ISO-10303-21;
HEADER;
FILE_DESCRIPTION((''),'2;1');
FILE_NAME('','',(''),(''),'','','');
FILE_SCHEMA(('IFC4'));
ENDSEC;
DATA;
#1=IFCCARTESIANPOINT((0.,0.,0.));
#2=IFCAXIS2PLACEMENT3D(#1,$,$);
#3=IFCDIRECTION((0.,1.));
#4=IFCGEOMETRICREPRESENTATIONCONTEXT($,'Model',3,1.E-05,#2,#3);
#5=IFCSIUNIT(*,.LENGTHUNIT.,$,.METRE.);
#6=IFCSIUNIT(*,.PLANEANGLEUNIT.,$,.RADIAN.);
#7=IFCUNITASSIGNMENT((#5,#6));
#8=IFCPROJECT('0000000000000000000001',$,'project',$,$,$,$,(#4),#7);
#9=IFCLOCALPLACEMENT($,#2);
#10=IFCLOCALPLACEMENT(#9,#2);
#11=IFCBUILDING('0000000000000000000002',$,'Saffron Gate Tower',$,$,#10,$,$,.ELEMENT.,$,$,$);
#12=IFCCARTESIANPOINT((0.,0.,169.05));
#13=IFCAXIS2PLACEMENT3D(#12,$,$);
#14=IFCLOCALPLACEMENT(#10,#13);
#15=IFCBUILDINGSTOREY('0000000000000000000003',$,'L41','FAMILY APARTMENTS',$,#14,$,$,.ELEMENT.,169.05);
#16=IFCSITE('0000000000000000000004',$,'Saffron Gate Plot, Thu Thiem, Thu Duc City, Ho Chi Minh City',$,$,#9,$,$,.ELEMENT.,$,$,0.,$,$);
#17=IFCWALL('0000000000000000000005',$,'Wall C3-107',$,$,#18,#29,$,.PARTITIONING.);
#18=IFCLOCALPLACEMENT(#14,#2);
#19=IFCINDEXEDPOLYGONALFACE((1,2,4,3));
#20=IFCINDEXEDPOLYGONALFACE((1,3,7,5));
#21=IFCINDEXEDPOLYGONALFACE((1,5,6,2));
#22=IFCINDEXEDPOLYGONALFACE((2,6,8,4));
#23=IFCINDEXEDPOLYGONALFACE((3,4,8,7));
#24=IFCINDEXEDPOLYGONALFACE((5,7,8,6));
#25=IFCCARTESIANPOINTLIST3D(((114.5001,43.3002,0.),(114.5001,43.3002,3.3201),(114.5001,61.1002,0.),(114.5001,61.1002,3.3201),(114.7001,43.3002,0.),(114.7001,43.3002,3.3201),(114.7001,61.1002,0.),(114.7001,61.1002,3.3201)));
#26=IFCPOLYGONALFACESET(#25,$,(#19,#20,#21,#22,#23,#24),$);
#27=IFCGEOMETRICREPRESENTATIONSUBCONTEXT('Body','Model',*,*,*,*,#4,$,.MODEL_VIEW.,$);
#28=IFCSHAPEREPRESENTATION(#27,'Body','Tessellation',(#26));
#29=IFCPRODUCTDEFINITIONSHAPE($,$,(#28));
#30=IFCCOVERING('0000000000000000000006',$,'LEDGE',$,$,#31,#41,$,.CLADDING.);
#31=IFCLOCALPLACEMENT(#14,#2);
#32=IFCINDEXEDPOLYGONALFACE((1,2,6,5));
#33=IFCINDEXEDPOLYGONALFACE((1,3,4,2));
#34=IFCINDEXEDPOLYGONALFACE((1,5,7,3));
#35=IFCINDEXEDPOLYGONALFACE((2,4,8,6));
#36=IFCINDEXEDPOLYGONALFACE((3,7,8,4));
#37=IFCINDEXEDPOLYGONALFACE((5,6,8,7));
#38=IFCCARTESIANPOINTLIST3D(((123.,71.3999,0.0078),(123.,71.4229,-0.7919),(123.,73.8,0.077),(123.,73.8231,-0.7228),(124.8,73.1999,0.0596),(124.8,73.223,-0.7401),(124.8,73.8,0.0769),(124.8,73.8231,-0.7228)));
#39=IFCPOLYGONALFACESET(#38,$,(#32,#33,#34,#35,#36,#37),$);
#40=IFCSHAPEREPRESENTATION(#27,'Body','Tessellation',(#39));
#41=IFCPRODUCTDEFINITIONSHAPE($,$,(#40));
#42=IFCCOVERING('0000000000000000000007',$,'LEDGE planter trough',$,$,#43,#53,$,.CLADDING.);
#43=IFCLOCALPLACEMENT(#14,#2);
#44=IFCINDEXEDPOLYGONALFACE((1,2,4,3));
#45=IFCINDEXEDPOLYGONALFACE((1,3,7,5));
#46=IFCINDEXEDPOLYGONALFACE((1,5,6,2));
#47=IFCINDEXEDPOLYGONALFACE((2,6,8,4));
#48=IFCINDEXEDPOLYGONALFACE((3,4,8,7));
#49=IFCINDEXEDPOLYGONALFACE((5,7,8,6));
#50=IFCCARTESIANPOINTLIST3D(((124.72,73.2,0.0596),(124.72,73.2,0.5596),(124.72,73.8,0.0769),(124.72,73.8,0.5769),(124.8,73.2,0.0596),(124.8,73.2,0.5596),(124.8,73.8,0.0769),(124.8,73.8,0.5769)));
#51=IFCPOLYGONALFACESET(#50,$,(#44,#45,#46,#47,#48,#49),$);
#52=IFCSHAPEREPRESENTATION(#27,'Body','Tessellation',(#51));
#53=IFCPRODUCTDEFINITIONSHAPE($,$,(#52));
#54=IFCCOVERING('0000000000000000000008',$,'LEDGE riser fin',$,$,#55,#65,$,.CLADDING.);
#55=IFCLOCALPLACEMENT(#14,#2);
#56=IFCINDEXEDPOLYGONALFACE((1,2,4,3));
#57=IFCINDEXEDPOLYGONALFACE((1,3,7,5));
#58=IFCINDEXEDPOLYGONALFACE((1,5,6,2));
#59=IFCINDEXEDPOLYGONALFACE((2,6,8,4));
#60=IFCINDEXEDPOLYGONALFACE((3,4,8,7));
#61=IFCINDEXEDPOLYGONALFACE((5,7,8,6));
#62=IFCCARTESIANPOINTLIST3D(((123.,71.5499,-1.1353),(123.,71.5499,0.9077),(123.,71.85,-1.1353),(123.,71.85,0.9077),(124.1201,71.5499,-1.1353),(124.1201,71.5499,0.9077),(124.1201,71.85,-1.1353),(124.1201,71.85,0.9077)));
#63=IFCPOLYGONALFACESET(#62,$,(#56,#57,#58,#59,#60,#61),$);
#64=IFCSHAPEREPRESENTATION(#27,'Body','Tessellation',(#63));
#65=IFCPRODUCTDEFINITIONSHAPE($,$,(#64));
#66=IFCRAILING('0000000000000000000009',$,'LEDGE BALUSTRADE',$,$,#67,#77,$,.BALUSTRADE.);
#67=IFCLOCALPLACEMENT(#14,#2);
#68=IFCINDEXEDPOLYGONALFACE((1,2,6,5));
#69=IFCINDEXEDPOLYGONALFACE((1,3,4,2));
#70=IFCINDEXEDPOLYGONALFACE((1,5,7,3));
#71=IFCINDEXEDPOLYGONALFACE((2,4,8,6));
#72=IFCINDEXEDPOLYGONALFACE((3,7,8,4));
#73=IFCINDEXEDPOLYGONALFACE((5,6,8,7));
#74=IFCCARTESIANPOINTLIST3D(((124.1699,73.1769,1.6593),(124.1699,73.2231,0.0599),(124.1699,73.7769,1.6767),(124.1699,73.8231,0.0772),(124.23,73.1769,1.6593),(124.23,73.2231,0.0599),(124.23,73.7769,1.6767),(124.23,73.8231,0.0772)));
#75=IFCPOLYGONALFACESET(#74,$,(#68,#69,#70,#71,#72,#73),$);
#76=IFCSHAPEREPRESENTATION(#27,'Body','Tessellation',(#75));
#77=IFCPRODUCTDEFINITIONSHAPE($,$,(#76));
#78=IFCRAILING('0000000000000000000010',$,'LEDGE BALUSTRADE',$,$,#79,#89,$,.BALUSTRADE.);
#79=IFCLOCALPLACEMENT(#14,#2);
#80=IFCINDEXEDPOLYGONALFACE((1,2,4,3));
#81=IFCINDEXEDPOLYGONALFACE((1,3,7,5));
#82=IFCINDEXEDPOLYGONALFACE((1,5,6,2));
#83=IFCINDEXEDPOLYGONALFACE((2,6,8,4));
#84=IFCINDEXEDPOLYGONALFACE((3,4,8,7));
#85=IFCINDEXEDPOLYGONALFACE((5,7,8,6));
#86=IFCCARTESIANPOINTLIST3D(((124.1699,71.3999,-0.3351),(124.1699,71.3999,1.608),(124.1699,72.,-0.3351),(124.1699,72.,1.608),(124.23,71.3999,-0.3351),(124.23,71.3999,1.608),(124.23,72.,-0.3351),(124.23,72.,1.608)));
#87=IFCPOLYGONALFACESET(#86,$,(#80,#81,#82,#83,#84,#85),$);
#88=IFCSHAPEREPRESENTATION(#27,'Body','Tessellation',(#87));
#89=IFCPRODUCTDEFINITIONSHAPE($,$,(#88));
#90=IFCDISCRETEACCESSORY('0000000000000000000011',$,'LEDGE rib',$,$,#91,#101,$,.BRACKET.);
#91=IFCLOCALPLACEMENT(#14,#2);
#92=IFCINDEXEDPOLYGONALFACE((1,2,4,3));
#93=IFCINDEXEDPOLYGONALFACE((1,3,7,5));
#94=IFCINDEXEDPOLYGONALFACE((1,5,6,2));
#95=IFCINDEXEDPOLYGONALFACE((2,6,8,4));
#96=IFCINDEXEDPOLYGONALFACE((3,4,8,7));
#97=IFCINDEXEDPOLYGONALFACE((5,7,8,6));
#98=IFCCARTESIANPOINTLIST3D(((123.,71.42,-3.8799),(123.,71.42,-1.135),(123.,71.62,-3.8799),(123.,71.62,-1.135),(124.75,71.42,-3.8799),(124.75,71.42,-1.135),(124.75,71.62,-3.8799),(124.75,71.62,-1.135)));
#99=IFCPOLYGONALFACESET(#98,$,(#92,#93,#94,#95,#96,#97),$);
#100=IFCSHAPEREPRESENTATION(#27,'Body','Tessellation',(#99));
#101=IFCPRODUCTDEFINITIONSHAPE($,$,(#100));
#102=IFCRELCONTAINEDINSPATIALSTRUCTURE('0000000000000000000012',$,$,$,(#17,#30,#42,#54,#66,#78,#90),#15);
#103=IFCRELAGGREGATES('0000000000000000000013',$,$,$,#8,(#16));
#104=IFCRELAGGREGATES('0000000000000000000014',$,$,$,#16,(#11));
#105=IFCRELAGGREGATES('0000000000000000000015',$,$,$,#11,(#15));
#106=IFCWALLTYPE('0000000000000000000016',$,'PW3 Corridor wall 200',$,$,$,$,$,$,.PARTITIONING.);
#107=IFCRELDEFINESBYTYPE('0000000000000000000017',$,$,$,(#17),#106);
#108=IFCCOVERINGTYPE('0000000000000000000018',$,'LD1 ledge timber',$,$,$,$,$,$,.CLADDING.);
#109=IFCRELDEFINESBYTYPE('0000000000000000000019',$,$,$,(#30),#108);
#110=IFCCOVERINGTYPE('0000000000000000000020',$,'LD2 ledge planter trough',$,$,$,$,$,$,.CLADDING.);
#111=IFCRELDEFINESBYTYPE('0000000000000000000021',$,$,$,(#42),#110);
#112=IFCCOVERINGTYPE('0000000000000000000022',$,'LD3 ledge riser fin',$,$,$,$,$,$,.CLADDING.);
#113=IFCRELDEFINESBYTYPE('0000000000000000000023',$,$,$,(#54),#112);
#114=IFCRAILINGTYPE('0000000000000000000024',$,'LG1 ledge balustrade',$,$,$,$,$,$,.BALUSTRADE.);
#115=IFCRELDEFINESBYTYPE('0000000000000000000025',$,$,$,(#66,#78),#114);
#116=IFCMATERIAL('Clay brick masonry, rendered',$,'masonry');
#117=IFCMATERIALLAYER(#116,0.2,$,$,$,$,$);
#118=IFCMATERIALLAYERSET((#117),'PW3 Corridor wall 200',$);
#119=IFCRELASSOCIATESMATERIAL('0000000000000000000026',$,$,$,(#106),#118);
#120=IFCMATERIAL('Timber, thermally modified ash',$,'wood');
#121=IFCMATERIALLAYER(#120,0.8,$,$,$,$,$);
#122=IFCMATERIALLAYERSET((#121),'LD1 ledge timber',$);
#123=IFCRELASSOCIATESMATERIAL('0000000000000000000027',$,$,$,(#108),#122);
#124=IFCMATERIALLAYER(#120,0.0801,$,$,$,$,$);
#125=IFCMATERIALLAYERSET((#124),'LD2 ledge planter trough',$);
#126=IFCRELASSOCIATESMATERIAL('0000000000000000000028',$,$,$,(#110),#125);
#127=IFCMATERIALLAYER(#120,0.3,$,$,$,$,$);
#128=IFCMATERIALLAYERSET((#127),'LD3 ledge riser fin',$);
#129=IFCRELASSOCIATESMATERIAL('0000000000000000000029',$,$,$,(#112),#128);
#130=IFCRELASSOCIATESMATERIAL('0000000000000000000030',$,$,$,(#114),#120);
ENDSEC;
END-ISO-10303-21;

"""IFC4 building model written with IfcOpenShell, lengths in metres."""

from ifc_helpers import new_model, si_unit, direction, frame, frame_2d, origin, origin_2d, place, context, subcontext, project, spatial, polyline, rectangle, outline, extrude, material, layer, layer_set, type_object, element, save


model = new_model("IFC4")

# Units and contexts
model_context = context("Model", 3, precision=1e-05, world=origin(), true_north=direction((0.0, 1.0)))
body_context = subcontext(model_context, "Body", "Model", "MODEL_VIEW")
ifc_project = project(units=[si_unit("LENGTHUNIT", "METRE"), si_unit("PLANEANGLEUNIT", "RADIAN")], contexts=[model_context])

# Site, building, storey
site_placement = place(None, origin())
site = spatial("IfcSite", under=ifc_project, at=site_placement, Name="Saffron Gate Plot, Thu Thiem, Thu Duc City, Ho Chi Minh City", CompositionType="ELEMENT", RefElevation=0.0)
building_placement = place(site_placement, origin())
building = spatial("IfcBuilding", under=site, at=building_placement, Name="Saffron Gate Tower", CompositionType="ELEMENT")
storey_placement = place(building_placement, frame((0.0, 0.0, 169.05)))
storey = spatial("IfcBuildingStorey", under=building, at=storey_placement, Name="L41", Description="FAMILY APARTMENTS", CompositionType="ELEMENT", Elevation=169.05)

# Wall
ifc_material_1 = material(Name="Clay brick masonry, rendered", Category="masonry")
ifc_layer_1 = layer(ifc_material_1, 0.2)
ifc_layer_set_1 = layer_set([ifc_layer_1], Name="PW3 Corridor wall 200")
wall_type_1 = type_object("IfcWallType", Name="PW3 Corridor wall 200", PredefinedType="PARTITIONING", material=ifc_layer_set_1)
wall_1_placement = place(storey_placement, frame((114.6001, 61.1001, 0.0), z_axis=(0.0, 0.0, 1.0), x_axis=(0.0, -1.0, 0.0)))
element("IfcWall", 1, at=wall_1_placement, inside=storey, type_object=wall_type_1, Name="Wall C3-107", PredefinedType="PARTITIONING", context=body_context, shape_type="SweptSolid", body=[
    extrude(rectangle(XDim=17.8, YDim=0.2, at=frame_2d((8.8999, 0.0))), origin(), (0.0, 0.0, 1.0), 3.3201),
])

# Coverings
ifc_material_2 = material(Name="Timber, thermally modified ash", Category="wood")
ifc_layer_2 = layer(ifc_material_2, 0.8)
ifc_layer_set_2 = layer_set([ifc_layer_2], Name="LD1 ledge timber")
covering_type_1 = type_object("IfcCoveringType", Name="LD1 ledge timber", PredefinedType="CLADDING", material=ifc_layer_set_2)
covering_1_placement = place(storey_placement, frame((123.0, 71.3999, 0.0078), z_axis=(0.000026, -0.028794, 0.999585), x_axis=(0.0, 0.999585, 0.028794)))
element("IfcCovering", 2, at=covering_1_placement, inside=storey, type_object=covering_type_1, Name="LEDGE", PredefinedType="CLADDING", context=body_context, shape_type="SweptSolid", body=[
    extrude(outline(polyline([(0.0, 0.0), (2.4011, 0.0), (2.4011, -1.8), (1.8008, -1.8), (0.0, 0.0)])), origin(), (0.0, 0.0, -1.0), 0.8),
])
ifc_layer_3 = layer(ifc_material_2, 0.0801)
ifc_layer_set_3 = layer_set([ifc_layer_3], Name="LD2 ledge planter trough")
covering_type_2 = type_object("IfcCoveringType", Name="LD2 ledge planter trough", PredefinedType="CLADDING", material=ifc_layer_set_3)
covering_2_placement = place(storey_placement, frame((124.8, 73.2, 0.0596), z_axis=(1.0, 0.0, 0.0), x_axis=(0.0, 0.999583, 0.028873)))
element("IfcCovering", 3, at=covering_2_placement, inside=storey, type_object=covering_type_2, Name="LEDGE planter trough", PredefinedType="CLADDING", context=body_context, shape_type="SweptSolid", body=[
    extrude(outline(polyline([(0.0, 0.0), (0.6003, 0.0), (0.6148, 0.4998), (0.0144, 0.4998), (0.0, 0.0)])), origin(), (0.0, 0.0, -1.0), 0.0801),
])
ifc_layer_4 = layer(ifc_material_2, 0.3)
ifc_layer_set_4 = layer_set([ifc_layer_4], Name="LD3 ledge riser fin")
covering_type_3 = type_object("IfcCoveringType", Name="LD3 ledge riser fin", PredefinedType="CLADDING", material=ifc_layer_set_4)
covering_3_placement = place(storey_placement, frame((123.5601, 71.7, -1.1353), z_axis=(0.0, 0.0, 1.0), x_axis=(0.0, 1.0, 0.0)))
element("IfcCovering", 4, at=covering_3_placement, inside=storey, type_object=covering_type_3, Name="LEDGE riser fin", PredefinedType="CLADDING", context=body_context, shape_type="SweptSolid", body=[
    extrude(rectangle(XDim=0.3, YDim=1.1201, at=origin_2d()), origin(), (0.0, 0.0, 1.0), 2.043),
])

# Railings
railing_type = type_object("IfcRailingType", Name="LG1 ledge balustrade", PredefinedType="BALUSTRADE", material=ifc_material_2)
railing_1_placement = place(storey_placement, frame((124.2, 73.2, 0.0596)))
element("IfcRailing", 5, at=railing_1_placement, inside=storey, type_object=railing_type, Name="LEDGE BALUSTRADE", PredefinedType="BALUSTRADE", context=body_context, shape_type="SweptSolid", body=[
    extrude(rectangle(XDim=0.0601, YDim=1.6001, at=origin_2d()), frame((0.0, 0.0, 0.8), z_axis=(0.0, 0.999583, 0.028873), x_axis=(-1.0, 0.0, 0.0)), (0.0, 0.0, 1.0), 0.6003),
])
railing_2_placement = place(storey_placement, frame((124.2, 71.3999, -0.3352)))
element("IfcRailing", 6, at=railing_2_placement, inside=storey, type_object=railing_type, Name="LEDGE BALUSTRADE", PredefinedType="BALUSTRADE", context=body_context, shape_type="SweptSolid", body=[
    extrude(rectangle(XDim=0.0601, YDim=1.9431, at=origin_2d()), frame((0.0, 0.0, 0.9717), z_axis=(0.0, 1.0, 0.0), x_axis=(-1.0, 0.0, 0.0)), (0.0, 0.0, 1.0), 0.6001),
])

# Discrete accessory
discrete_accessory_placement = place(storey_placement, frame((123.875, 71.52, -3.8799), z_axis=(0.0, 0.0, 1.0), x_axis=(0.0, 1.0, 0.0)))
element("IfcDiscreteAccessory", 7, at=discrete_accessory_placement, inside=storey, Name="LEDGE rib", PredefinedType="BRACKET", context=body_context, shape_type="SweptSolid", body=[
    extrude(rectangle(XDim=0.2, YDim=1.75, at=origin_2d()), origin(), (0.0, 0.0, 1.0), 2.7449),
])

save(model, "model.ifc")
